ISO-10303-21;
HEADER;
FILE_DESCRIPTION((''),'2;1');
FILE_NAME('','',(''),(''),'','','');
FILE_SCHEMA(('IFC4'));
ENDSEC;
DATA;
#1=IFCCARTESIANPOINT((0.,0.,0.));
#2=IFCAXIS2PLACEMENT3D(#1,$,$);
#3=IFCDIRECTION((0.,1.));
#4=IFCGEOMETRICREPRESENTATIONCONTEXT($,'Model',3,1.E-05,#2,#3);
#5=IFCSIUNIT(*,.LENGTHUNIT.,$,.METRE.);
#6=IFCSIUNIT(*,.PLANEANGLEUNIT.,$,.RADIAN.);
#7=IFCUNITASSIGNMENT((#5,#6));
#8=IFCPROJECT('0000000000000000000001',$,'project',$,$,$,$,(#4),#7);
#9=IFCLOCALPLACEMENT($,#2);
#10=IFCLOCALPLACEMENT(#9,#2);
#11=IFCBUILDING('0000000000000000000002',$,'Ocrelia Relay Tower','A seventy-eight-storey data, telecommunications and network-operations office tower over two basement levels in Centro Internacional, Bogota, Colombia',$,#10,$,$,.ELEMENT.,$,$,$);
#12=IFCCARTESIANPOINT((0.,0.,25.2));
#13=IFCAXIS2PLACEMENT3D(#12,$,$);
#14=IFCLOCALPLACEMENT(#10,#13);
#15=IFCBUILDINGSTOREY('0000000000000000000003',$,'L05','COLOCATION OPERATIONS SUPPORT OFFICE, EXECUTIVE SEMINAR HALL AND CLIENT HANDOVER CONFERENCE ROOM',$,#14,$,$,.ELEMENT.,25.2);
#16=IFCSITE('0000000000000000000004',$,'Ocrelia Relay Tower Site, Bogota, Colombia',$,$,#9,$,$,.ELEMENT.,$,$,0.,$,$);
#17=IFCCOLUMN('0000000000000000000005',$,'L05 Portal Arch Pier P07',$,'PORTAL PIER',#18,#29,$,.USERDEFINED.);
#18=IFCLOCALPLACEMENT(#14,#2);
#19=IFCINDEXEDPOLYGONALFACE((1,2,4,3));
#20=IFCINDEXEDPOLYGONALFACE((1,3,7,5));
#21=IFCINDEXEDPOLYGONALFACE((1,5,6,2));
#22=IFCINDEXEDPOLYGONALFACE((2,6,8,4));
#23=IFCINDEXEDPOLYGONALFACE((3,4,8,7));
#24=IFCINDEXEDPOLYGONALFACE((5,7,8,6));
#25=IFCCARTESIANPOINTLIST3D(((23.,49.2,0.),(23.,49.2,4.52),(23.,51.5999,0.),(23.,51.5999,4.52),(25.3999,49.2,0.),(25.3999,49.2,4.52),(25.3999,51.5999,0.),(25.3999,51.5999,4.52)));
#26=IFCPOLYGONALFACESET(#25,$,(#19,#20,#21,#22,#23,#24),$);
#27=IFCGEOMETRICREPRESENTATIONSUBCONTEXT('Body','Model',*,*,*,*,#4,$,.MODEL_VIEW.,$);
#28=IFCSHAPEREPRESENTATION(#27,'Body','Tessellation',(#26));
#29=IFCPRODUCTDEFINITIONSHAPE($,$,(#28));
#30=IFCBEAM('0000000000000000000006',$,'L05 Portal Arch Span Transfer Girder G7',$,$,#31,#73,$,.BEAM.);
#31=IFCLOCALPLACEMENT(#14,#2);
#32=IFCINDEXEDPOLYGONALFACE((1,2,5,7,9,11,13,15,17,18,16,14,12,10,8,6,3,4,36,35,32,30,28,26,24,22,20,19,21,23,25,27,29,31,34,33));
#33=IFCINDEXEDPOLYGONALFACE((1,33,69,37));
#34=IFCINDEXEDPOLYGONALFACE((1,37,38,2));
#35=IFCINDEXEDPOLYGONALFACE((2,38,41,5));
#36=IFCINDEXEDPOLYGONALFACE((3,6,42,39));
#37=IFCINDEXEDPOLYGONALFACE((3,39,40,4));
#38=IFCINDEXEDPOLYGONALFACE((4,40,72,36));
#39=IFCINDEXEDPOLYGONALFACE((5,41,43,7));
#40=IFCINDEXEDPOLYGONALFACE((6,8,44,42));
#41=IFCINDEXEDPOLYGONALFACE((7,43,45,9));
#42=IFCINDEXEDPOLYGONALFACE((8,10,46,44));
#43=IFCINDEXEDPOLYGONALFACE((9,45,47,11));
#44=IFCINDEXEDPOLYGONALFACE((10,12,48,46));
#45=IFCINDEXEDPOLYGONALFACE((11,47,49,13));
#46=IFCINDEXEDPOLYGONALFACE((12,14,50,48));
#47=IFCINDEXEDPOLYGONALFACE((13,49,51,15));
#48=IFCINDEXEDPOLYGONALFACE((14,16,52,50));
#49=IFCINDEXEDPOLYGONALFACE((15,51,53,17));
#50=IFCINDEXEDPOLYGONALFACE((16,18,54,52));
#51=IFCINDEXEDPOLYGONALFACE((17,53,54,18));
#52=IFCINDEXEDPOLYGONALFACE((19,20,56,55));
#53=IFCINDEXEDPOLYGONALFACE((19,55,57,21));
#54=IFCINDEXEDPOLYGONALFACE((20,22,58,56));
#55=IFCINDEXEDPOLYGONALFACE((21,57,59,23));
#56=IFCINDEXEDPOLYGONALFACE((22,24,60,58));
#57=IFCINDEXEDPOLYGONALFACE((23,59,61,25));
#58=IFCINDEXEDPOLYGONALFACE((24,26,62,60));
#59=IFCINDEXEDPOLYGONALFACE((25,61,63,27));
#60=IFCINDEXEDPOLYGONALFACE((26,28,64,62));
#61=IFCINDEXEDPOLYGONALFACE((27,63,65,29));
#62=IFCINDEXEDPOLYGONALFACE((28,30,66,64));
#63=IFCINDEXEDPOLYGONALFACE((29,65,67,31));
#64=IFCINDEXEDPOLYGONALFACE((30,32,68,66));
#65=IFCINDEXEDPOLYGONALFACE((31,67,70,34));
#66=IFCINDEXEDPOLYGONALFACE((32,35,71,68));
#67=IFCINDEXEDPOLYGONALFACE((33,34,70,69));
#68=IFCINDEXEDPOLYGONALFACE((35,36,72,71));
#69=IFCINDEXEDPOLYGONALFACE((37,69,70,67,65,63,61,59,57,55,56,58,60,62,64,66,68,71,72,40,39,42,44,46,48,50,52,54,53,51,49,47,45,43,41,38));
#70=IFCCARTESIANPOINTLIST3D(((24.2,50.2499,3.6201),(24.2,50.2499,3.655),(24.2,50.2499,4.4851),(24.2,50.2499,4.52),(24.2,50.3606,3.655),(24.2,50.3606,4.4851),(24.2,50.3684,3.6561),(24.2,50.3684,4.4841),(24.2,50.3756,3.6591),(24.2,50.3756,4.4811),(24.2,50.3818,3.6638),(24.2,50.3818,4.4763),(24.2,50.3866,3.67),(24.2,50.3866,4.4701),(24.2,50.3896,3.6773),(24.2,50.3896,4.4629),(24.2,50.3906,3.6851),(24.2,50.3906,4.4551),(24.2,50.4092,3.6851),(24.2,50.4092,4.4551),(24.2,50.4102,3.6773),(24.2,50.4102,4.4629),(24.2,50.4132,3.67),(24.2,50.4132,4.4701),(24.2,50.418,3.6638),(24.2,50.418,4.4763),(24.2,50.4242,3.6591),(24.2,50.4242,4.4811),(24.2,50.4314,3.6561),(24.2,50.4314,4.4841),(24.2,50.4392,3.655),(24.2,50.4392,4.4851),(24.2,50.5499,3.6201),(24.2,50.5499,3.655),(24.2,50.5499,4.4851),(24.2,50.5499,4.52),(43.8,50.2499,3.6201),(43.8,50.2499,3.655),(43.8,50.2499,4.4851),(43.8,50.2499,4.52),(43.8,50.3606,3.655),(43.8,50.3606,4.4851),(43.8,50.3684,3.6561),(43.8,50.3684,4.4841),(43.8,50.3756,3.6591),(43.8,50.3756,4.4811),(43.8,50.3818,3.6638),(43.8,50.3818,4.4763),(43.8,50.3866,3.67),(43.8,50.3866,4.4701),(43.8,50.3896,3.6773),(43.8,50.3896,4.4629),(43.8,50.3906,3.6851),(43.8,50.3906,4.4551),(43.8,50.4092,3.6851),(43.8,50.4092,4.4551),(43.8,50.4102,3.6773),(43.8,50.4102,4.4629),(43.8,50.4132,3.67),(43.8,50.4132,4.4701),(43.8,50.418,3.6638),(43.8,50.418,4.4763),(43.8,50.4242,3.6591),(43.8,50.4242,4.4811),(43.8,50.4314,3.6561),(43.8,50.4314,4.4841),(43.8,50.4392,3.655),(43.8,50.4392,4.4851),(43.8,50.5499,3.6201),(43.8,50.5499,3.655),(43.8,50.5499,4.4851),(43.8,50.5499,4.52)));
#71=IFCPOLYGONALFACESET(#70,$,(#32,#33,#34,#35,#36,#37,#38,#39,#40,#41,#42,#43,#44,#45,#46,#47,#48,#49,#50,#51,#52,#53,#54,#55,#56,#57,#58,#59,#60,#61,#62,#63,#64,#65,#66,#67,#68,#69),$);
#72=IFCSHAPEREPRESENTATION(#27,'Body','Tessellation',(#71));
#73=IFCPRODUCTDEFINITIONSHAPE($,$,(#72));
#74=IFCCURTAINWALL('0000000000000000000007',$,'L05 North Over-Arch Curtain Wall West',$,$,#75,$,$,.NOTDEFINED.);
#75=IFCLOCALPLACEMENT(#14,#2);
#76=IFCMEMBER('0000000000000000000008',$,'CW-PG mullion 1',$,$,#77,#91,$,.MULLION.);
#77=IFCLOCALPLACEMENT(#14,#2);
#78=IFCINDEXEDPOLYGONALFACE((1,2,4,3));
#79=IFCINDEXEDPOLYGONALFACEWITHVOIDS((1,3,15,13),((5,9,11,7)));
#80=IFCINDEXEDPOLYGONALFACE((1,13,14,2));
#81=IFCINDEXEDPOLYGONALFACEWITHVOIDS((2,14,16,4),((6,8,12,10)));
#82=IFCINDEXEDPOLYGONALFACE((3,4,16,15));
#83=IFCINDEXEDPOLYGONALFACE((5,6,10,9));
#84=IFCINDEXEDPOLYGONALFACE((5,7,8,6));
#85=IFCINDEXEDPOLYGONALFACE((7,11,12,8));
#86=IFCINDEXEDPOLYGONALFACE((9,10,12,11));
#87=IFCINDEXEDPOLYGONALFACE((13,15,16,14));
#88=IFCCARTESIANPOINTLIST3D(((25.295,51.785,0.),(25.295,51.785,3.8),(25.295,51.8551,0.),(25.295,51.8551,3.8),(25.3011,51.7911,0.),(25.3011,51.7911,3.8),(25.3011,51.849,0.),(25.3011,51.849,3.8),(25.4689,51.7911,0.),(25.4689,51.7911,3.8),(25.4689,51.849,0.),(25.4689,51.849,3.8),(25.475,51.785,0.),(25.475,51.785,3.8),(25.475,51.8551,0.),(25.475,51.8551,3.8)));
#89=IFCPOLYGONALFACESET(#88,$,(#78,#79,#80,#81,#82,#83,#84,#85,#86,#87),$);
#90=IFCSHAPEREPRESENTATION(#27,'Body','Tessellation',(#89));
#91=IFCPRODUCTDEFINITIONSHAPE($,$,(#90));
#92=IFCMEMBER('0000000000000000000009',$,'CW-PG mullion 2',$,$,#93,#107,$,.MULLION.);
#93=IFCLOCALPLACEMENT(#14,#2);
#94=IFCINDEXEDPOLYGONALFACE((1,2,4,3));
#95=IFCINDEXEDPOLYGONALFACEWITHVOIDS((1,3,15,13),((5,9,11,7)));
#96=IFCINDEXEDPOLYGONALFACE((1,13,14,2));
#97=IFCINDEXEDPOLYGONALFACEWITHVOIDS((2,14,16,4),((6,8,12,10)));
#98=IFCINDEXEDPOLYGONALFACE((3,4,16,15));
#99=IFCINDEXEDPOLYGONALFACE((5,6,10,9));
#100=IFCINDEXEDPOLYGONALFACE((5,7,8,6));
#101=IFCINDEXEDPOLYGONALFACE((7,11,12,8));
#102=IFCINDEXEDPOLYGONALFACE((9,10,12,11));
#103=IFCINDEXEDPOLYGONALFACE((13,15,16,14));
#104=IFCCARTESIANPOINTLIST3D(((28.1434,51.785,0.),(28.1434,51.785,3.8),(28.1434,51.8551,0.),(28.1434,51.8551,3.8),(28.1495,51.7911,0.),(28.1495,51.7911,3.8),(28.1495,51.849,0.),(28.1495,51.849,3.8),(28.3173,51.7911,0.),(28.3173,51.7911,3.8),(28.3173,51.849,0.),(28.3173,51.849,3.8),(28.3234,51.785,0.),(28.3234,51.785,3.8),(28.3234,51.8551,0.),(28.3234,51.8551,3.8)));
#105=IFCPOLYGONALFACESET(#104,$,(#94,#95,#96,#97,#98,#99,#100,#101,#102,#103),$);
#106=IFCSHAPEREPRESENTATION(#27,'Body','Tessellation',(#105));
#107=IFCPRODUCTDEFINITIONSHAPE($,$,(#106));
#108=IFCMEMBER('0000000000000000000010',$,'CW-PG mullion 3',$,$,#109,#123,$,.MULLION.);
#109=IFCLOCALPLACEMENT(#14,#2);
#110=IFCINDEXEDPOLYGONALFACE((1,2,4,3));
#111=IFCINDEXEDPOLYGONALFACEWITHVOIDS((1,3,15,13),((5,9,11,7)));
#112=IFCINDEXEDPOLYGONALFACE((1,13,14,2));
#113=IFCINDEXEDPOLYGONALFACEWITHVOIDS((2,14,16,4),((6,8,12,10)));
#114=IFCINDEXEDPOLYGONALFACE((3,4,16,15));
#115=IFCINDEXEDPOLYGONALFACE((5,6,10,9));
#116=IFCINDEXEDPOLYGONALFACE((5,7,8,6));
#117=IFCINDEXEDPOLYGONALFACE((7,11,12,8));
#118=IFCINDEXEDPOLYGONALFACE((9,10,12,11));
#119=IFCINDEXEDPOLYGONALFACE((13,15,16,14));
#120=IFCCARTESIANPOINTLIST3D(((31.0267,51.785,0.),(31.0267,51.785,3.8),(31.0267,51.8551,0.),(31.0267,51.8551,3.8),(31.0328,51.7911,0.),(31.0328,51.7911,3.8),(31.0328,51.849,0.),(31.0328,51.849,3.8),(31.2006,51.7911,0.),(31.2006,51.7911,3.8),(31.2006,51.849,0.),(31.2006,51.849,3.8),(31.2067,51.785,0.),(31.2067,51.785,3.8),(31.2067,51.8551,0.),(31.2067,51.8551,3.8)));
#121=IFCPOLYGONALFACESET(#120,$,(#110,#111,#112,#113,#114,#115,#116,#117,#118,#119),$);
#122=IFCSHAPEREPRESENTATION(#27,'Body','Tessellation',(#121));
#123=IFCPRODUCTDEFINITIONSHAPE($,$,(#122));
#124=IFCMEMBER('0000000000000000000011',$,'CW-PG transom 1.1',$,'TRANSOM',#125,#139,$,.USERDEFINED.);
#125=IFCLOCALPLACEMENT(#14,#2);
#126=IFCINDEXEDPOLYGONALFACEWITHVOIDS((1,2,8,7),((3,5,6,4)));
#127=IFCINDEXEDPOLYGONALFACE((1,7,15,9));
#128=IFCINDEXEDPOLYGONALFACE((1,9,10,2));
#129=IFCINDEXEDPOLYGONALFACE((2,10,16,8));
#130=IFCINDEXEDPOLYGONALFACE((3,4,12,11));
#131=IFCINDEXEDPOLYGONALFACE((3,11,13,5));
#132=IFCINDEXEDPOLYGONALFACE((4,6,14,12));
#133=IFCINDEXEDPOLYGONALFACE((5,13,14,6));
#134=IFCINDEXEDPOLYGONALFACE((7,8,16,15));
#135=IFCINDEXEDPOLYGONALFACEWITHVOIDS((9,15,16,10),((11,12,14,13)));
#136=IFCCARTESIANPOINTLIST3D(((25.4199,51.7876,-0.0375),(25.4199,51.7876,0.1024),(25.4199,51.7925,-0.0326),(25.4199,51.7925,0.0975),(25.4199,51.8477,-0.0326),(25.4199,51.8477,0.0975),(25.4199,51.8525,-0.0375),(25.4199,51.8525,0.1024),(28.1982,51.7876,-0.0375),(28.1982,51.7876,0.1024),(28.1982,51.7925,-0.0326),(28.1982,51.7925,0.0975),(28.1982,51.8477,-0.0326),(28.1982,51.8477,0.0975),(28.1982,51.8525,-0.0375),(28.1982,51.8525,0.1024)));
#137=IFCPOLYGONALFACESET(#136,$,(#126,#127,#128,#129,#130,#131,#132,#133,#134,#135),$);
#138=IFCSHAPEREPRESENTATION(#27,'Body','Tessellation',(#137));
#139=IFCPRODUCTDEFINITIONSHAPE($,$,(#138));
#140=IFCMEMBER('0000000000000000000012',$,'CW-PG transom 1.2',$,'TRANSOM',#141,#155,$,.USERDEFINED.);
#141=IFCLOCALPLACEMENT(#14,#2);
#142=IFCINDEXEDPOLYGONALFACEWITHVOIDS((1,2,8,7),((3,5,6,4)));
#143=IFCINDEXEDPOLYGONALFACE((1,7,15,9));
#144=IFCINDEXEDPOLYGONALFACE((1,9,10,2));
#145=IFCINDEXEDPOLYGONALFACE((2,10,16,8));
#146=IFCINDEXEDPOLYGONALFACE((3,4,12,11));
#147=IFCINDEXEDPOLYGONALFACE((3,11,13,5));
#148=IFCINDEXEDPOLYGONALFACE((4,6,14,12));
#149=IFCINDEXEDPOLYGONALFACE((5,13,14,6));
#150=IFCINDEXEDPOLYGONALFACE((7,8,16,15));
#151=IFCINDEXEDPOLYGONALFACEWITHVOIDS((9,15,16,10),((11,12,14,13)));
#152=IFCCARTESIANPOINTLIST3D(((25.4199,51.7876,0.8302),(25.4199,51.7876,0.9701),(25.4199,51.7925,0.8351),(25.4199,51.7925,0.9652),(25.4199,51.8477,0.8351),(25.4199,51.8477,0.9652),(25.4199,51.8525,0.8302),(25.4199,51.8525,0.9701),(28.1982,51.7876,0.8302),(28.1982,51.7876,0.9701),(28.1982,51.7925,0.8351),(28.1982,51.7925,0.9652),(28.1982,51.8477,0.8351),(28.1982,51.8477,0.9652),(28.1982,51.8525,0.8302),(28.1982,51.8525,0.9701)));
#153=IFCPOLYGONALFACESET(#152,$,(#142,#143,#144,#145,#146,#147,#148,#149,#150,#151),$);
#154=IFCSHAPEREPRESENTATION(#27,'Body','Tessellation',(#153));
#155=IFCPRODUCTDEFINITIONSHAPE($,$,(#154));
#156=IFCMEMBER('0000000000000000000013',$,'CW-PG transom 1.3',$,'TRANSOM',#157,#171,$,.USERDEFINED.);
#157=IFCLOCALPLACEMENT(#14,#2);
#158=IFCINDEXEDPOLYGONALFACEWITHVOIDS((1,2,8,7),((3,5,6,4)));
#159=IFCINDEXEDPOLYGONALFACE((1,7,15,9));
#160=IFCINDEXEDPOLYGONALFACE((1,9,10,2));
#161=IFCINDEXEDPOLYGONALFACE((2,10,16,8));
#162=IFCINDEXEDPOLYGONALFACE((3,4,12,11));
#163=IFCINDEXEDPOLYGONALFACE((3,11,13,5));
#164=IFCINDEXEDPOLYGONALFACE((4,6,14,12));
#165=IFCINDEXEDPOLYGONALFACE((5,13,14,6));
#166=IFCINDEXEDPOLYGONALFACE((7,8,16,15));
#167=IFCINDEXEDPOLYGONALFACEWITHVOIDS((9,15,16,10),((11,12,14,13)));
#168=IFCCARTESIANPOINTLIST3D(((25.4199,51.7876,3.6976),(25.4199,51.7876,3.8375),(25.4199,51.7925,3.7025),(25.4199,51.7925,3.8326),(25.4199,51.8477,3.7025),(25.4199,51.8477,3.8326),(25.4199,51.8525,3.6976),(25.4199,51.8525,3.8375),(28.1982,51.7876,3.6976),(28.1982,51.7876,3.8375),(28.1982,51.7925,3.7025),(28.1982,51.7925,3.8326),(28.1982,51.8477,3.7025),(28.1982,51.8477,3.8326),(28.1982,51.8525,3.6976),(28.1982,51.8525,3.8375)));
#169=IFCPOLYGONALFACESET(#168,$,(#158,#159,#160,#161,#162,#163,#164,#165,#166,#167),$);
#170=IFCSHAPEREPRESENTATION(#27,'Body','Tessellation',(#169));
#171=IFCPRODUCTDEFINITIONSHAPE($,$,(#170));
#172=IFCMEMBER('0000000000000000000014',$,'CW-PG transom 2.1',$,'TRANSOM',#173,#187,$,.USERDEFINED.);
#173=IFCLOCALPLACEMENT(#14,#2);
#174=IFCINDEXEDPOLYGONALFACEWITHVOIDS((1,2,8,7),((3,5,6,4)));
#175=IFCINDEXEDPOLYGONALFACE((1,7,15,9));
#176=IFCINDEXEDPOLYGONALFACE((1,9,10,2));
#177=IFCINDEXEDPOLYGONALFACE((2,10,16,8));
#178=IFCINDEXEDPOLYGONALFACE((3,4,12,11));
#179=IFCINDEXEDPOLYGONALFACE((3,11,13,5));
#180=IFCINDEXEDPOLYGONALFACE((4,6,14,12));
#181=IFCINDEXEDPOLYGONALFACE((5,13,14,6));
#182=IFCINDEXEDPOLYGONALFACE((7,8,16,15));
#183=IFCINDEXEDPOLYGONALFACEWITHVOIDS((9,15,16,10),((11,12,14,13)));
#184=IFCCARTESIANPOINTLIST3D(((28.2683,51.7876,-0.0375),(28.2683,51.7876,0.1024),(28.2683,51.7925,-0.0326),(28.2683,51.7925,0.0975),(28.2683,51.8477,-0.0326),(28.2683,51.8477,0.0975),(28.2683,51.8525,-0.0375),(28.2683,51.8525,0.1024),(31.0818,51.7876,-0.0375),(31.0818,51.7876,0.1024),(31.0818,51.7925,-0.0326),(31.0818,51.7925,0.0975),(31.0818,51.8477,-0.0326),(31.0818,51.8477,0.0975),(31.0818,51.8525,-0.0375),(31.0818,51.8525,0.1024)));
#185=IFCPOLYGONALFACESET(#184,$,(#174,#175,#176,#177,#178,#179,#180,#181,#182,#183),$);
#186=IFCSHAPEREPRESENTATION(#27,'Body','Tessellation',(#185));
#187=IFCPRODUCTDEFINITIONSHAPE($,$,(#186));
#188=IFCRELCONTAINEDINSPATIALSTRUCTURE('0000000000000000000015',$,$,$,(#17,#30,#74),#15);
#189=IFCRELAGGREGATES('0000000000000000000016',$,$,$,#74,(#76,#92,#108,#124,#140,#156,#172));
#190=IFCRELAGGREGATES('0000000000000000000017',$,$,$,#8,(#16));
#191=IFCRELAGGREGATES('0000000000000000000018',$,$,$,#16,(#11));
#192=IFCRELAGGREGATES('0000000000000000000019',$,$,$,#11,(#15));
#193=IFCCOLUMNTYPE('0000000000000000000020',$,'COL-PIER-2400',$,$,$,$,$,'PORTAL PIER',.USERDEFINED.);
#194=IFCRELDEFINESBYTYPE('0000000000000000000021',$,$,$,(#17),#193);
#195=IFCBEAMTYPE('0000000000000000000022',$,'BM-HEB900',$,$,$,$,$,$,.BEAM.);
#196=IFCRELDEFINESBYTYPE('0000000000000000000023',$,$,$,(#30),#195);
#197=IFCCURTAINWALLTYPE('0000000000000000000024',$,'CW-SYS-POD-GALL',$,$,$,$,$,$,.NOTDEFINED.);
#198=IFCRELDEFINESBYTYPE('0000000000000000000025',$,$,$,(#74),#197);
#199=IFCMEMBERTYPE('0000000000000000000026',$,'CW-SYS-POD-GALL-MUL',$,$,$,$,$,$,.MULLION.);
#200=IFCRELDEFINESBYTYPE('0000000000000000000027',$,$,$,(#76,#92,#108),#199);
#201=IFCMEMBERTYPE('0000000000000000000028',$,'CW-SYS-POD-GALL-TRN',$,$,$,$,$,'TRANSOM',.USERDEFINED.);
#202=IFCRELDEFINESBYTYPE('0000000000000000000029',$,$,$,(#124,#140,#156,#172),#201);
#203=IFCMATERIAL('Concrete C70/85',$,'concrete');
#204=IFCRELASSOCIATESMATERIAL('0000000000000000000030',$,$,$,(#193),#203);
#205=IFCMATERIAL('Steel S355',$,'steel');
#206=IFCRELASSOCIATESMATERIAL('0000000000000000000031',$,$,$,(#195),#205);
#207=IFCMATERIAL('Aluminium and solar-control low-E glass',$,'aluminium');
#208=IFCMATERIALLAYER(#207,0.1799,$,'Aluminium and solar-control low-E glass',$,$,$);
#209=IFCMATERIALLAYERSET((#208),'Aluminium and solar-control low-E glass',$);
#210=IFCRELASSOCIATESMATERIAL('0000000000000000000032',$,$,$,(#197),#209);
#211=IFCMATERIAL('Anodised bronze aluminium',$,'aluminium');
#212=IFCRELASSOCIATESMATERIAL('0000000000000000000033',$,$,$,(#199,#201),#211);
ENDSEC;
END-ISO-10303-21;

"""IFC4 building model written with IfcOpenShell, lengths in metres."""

from ifc_helpers import new_model, si_unit, direction, frame, origin, origin_2d, place, context, subcontext, project, spatial, rectangle, hollow_rectangle, i_section, extrude, material, layer, layer_set, material_profile, profile_set, type_object, element, aggregate, save


model = new_model("IFC4")

# Units and contexts
model_context = context("Model", 3, precision=1e-05, world=origin(), true_north=direction((0.0, 1.0)))
body_context = subcontext(model_context, "Body", "Model", "MODEL_VIEW")
ifc_project = project(units=[si_unit("LENGTHUNIT", "METRE"), si_unit("PLANEANGLEUNIT", "RADIAN")], contexts=[model_context])

# Site, building, storey
site_placement = place(None, origin())
site = spatial("IfcSite", under=ifc_project, at=site_placement, Name="Ocrelia Relay Tower Site, Bogota, Colombia", CompositionType="ELEMENT", RefElevation=0.0)
building_placement = place(site_placement, origin())
building = spatial("IfcBuilding", under=site, at=building_placement, Name="Ocrelia Relay Tower", Description="A seventy-eight-storey data, telecommunications and network-operations office tower over two basement levels in Centro Internacional, Bogota, Colombia", CompositionType="ELEMENT")
storey_placement = place(building_placement, frame((0.0, 0.0, 25.2)))
storey = spatial("IfcBuildingStorey", under=building, at=storey_placement, Name="L05", Description="COLOCATION OPERATIONS SUPPORT OFFICE, EXECUTIVE SEMINAR HALL AND CLIENT HANDOVER CONFERENCE ROOM", CompositionType="ELEMENT", Elevation=25.2)

# Column
ifc_material_1 = material(Name="Concrete C70/85", Category="concrete")
ifc_material_profile_1 = material_profile(ifc_material_1, rectangle(XDim=2.3999, YDim=2.3999, at=origin_2d()), Name="RC-PIER-2400x2400")
ifc_profile_set_1 = profile_set([ifc_material_profile_1], Name="Concrete C70/85")
column_type = type_object("IfcColumnType", Name="COL-PIER-2400", ElementType="PORTAL PIER", PredefinedType="USERDEFINED", material=ifc_profile_set_1)
column_placement = place(storey_placement, frame((24.2, 50.3999, 0.0), z_axis=(0.0, 0.0, 1.0), x_axis=(1.0, 0.0, 0.0)))
element("IfcColumn", 1, at=column_placement, inside=storey, type_object=column_type, Name="L05 Portal Arch Pier P07", ObjectType="PORTAL PIER", PredefinedType="USERDEFINED", context=body_context, shape_type="SweptSolid", body=[
    extrude(rectangle(XDim=2.3999, YDim=2.3999, at=origin_2d()), origin(), (0.0, 0.0, 1.0), 4.52),
])

# Beam
ifc_material_2 = material(Name="Steel S355", Category="steel")
ifc_material_profile_2 = material_profile(ifc_material_2, i_section(OverallWidth=0.3, OverallDepth=0.8999, WebThickness=0.0186, FlangeThickness=0.0349, FilletRadius=0.03, at=origin_2d()), Name="HEB 900")
ifc_profile_set_2 = profile_set([ifc_material_profile_2], Name="Steel S355")
beam_type = type_object("IfcBeamType", Name="BM-HEB900", PredefinedType="BEAM", material=ifc_profile_set_2)
beam_placement = place(storey_placement, frame((24.2, 50.3999, 4.0701), z_axis=(1.0, 0.0, 0.0), x_axis=(0.0, 1.0, 0.0)))
element("IfcBeam", 2, at=beam_placement, inside=storey, type_object=beam_type, Name="L05 Portal Arch Span Transfer Girder G7", PredefinedType="BEAM", context=body_context, shape_type="SweptSolid", body=[
    extrude(i_section(OverallWidth=0.3, OverallDepth=0.8999, WebThickness=0.0186, FlangeThickness=0.0349, FilletRadius=0.03, at=origin_2d()), origin(), (0.0, 0.0, 1.0), 19.6001),
])

# Curtain wall, members
ifc_material_3 = material(Name="Aluminium and solar-control low-E glass", Category="aluminium")
ifc_layer_1 = layer(ifc_material_3, 0.1799, Name="Aluminium and solar-control low-E glass")
ifc_layer_set_1 = layer_set([ifc_layer_1], Name="Aluminium and solar-control low-E glass")
curtain_wall_type = type_object("IfcCurtainWallType", Name="CW-SYS-POD-GALL", PredefinedType="NOTDEFINED", material=ifc_layer_set_1)
curtain_wall_placement = place(storey_placement, origin())
curtain_wall = element("IfcCurtainWall", 3, at=curtain_wall_placement, inside=storey, type_object=curtain_wall_type, Name="L05 North Over-Arch Curtain Wall West", PredefinedType="NOTDEFINED")
ifc_material_4 = material(Name="Anodised bronze aluminium", Category="aluminium")
ifc_material_profile_3 = material_profile(ifc_material_4, hollow_rectangle(XDim=0.0701, YDim=0.1799, WallThickness=0.0061, at=origin_2d()), Name="CW-MUL-180x70")
ifc_profile_set_3 = profile_set([ifc_material_profile_3], Name="Anodised bronze aluminium")
member_type_1 = type_object("IfcMemberType", Name="CW-SYS-POD-GALL-MUL", PredefinedType="MULLION", material=ifc_profile_set_3)
member_1_placement = place(storey_placement, frame((25.385, 51.8201, 0.0), z_axis=(0.0, 0.0, 1.0), x_axis=(0.0, 1.0, 0.0)))
member_1 = element("IfcMember", 4, at=member_1_placement, type_object=member_type_1, Name="CW-PG mullion 1", PredefinedType="MULLION", context=body_context, shape_type="SweptSolid", body=[
    extrude(hollow_rectangle(XDim=0.0701, YDim=0.1799, WallThickness=0.0061, at=origin_2d()), origin(), (0.0, 0.0, 1.0), 3.8),
])
member_2_placement = place(storey_placement, frame((28.2334, 51.8201, 0.0), z_axis=(0.0, 0.0, 1.0), x_axis=(0.0, 1.0, 0.0)))
member_2 = element("IfcMember", 5, at=member_2_placement, type_object=member_type_1, Name="CW-PG mullion 2", PredefinedType="MULLION", context=body_context, shape_type="SweptSolid", body=[
    extrude(hollow_rectangle(XDim=0.0701, YDim=0.1799, WallThickness=0.0061, at=origin_2d()), origin(), (0.0, 0.0, 1.0), 3.8),
])
member_3_placement = place(storey_placement, frame((31.1167, 51.8201, 0.0), z_axis=(0.0, 0.0, 1.0), x_axis=(0.0, 1.0, 0.0)))
member_3 = element("IfcMember", 6, at=member_3_placement, type_object=member_type_1, Name="CW-PG mullion 3", PredefinedType="MULLION", context=body_context, shape_type="SweptSolid", body=[
    extrude(hollow_rectangle(XDim=0.0701, YDim=0.1799, WallThickness=0.0061, at=origin_2d()), origin(), (0.0, 0.0, 1.0), 3.8),
])
ifc_material_profile_4 = material_profile(ifc_material_4, hollow_rectangle(XDim=0.0649, YDim=0.1399, WallThickness=0.0049, at=origin_2d()), Name="CW-TRN-140x65")
ifc_profile_set_4 = profile_set([ifc_material_profile_4], Name="Anodised bronze aluminium")
member_type_2 = type_object("IfcMemberType", Name="CW-SYS-POD-GALL-TRN", ElementType="TRANSOM", PredefinedType="USERDEFINED", material=ifc_profile_set_4)
member_4_placement = place(storey_placement, frame((25.4199, 51.8201, 0.0325), z_axis=(1.0, 0.0, 0.0), x_axis=(0.0, 1.0, 0.0)))
member_4 = element("IfcMember", 7, at=member_4_placement, type_object=member_type_2, Name="CW-PG transom 1.1", ObjectType="TRANSOM", PredefinedType="USERDEFINED", context=body_context, shape_type="SweptSolid", body=[
    extrude(hollow_rectangle(XDim=0.0649, YDim=0.1399, WallThickness=0.0049, at=origin_2d()), origin(), (0.0, 0.0, 1.0), 2.7783),
])
member_5_placement = place(storey_placement, frame((25.4199, 51.8201, 0.9001), z_axis=(1.0, 0.0, 0.0), x_axis=(0.0, 1.0, 0.0)))
member_5 = element("IfcMember", 8, at=member_5_placement, type_object=member_type_2, Name="CW-PG transom 1.2", ObjectType="TRANSOM", PredefinedType="USERDEFINED", context=body_context, shape_type="SweptSolid", body=[
    extrude(hollow_rectangle(XDim=0.0649, YDim=0.1399, WallThickness=0.0049, at=origin_2d()), origin(), (0.0, 0.0, 1.0), 2.7783),
])
member_6_placement = place(storey_placement, frame((25.4199, 51.8201, 3.7676), z_axis=(1.0, 0.0, 0.0), x_axis=(0.0, 1.0, 0.0)))
member_6 = element("IfcMember", 9, at=member_6_placement, type_object=member_type_2, Name="CW-PG transom 1.3", ObjectType="TRANSOM", PredefinedType="USERDEFINED", context=body_context, shape_type="SweptSolid", body=[
    extrude(hollow_rectangle(XDim=0.0649, YDim=0.1399, WallThickness=0.0049, at=origin_2d()), origin(), (0.0, 0.0, 1.0), 2.7783),
])
member_7_placement = place(storey_placement, frame((28.2683, 51.8201, 0.0325), z_axis=(1.0, 0.0, 0.0), x_axis=(0.0, 1.0, 0.0)))
member_7 = element("IfcMember", 10, at=member_7_placement, type_object=member_type_2, Name="CW-PG transom 2.1", ObjectType="TRANSOM", PredefinedType="USERDEFINED", context=body_context, shape_type="SweptSolid", body=[
    extrude(hollow_rectangle(XDim=0.0649, YDim=0.1399, WallThickness=0.0049, at=origin_2d()), origin(), (0.0, 0.0, 1.0), 2.8135),
])
aggregate(curtain_wall, [member_1, member_2, member_3, member_4, member_5, member_6, member_7])

save(model, "model.ifc")
